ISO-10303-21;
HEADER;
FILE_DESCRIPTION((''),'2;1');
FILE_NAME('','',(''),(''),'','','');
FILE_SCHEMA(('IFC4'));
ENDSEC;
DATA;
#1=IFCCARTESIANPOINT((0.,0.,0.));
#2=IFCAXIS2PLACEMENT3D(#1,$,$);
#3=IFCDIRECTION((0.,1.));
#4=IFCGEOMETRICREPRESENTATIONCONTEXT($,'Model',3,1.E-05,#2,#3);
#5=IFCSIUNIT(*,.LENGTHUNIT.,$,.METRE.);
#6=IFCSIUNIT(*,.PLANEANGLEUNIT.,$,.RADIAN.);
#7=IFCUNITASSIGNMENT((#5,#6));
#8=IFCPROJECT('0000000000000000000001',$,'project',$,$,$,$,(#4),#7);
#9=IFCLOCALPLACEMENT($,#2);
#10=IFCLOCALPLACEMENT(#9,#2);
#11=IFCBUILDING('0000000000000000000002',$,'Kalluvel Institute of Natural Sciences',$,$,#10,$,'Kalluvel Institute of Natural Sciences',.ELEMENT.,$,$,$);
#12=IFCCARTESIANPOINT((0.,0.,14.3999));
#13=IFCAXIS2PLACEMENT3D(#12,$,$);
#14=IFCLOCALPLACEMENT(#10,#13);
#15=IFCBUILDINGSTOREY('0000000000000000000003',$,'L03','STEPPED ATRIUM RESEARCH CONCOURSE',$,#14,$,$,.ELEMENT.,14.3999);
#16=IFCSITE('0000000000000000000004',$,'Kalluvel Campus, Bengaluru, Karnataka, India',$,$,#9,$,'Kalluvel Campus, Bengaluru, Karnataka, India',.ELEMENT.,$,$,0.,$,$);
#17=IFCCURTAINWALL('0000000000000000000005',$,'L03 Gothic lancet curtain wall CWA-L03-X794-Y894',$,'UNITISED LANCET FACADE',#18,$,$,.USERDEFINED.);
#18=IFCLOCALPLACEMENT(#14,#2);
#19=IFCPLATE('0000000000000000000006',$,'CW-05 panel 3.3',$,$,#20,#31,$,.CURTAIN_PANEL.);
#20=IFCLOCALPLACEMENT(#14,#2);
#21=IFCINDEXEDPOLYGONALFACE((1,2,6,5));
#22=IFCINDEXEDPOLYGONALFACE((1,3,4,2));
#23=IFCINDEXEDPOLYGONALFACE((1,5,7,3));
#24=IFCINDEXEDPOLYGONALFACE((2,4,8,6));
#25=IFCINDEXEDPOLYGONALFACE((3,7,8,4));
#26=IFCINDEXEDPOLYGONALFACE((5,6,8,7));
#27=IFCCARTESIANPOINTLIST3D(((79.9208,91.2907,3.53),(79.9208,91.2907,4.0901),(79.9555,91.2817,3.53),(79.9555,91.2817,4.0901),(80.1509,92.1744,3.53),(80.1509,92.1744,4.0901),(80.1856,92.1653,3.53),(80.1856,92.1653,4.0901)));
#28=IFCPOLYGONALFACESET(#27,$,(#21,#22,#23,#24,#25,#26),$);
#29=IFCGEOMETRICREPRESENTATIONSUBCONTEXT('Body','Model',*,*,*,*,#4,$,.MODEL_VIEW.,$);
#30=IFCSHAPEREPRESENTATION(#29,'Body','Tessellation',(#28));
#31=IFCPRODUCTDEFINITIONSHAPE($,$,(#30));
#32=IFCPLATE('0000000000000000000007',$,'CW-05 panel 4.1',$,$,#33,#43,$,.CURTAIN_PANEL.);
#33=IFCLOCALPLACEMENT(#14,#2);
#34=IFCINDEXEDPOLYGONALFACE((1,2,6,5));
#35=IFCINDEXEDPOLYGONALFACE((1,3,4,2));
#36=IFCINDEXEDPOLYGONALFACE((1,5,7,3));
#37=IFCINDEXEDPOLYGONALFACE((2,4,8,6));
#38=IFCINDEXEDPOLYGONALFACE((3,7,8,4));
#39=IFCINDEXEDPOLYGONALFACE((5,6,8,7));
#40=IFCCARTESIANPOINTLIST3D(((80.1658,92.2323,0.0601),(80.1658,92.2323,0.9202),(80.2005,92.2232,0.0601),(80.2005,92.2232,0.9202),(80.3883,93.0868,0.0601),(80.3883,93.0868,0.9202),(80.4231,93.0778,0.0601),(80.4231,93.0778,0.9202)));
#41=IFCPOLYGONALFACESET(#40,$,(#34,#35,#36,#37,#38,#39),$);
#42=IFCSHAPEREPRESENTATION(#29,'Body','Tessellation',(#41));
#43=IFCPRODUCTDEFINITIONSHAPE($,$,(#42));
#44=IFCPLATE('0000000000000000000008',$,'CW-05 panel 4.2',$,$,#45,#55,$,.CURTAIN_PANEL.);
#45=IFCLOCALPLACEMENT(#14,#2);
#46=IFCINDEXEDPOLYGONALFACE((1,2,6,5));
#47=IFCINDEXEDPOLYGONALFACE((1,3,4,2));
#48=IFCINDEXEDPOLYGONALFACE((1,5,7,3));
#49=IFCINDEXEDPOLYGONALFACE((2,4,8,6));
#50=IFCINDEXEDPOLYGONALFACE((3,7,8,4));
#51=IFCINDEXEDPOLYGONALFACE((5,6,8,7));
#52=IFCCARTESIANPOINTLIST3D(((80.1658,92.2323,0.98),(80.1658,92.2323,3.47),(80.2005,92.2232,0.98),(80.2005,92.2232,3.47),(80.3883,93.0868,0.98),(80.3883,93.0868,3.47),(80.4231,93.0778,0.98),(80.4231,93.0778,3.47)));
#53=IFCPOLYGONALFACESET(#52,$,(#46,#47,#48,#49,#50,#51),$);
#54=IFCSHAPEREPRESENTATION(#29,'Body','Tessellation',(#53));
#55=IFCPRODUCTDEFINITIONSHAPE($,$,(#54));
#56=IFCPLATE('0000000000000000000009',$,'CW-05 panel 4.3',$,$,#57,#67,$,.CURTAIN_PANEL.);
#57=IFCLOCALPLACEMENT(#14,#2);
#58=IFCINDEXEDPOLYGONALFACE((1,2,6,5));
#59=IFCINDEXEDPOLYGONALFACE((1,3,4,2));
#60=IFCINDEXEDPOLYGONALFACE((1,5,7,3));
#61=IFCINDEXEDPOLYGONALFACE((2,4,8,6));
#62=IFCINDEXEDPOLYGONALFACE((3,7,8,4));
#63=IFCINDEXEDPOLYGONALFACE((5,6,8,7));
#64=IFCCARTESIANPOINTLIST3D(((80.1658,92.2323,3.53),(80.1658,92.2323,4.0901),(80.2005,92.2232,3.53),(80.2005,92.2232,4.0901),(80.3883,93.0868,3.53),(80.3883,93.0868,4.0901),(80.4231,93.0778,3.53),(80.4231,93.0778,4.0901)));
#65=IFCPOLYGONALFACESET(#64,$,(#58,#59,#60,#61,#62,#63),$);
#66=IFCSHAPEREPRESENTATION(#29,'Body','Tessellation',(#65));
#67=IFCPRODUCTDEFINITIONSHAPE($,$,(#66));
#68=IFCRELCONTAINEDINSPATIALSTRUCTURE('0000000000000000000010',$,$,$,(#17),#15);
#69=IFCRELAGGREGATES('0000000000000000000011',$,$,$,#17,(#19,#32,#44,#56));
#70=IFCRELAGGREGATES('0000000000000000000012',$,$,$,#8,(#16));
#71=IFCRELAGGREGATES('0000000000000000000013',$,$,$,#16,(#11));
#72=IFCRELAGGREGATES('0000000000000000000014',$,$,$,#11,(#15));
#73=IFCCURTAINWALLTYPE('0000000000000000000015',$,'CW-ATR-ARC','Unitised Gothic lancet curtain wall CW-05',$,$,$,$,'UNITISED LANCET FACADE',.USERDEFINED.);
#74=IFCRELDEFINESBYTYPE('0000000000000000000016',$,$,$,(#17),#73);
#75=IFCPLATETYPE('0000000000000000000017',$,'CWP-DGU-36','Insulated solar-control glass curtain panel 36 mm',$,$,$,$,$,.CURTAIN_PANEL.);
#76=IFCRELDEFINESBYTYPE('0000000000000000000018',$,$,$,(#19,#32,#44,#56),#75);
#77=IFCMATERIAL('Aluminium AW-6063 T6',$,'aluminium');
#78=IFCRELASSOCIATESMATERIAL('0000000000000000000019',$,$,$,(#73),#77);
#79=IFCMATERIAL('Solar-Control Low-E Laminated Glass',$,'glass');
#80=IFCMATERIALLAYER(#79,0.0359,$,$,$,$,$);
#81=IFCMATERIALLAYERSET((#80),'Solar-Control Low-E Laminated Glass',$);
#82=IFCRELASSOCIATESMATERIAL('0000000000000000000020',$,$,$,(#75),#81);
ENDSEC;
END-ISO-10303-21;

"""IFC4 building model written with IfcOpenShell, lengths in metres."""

from ifc_helpers import new_model, si_unit, direction, frame, origin, origin_2d, place, context, subcontext, project, spatial, rectangle, extrude, material, layer, layer_set, type_object, element, aggregate, save


model = new_model("IFC4")

# Units and contexts
model_context = context("Model", 3, precision=1e-05, world=origin(), true_north=direction((0.0, 1.0)))
body_context = subcontext(model_context, "Body", "Model", "MODEL_VIEW")
ifc_project = project(units=[si_unit("LENGTHUNIT", "METRE"), si_unit("PLANEANGLEUNIT", "RADIAN")], contexts=[model_context])

# Site, building, storey
site_placement = place(None, origin())
site = spatial("IfcSite", under=ifc_project, at=site_placement, Name="Kalluvel Campus, Bengaluru, Karnataka, India", LongName="Kalluvel Campus, Bengaluru, Karnataka, India", CompositionType="ELEMENT", RefElevation=0.0)
building_placement = place(site_placement, origin())
building = spatial("IfcBuilding", under=site, at=building_placement, Name="Kalluvel Institute of Natural Sciences", LongName="Kalluvel Institute of Natural Sciences", CompositionType="ELEMENT")
storey_placement = place(building_placement, frame((0.0, 0.0, 14.3999)))
storey = spatial("IfcBuildingStorey", under=building, at=storey_placement, Name="L03", Description="STEPPED ATRIUM RESEARCH CONCOURSE", CompositionType="ELEMENT", Elevation=14.3999)

# Curtain wall
ifc_material_1 = material(Name="Aluminium AW-6063 T6", Category="aluminium")
curtain_wall_type = type_object("IfcCurtainWallType", Name="CW-ATR-ARC", Description="Unitised Gothic lancet curtain wall CW-05", ElementType="UNITISED LANCET FACADE", PredefinedType="USERDEFINED", material=ifc_material_1)
curtain_wall_1_placement = place(storey_placement, origin())
curtain_wall_1 = element("IfcCurtainWall", 1, at=curtain_wall_1_placement, inside=storey, type_object=curtain_wall_type, Name="L03 Gothic lancet curtain wall CWA-L03-X794-Y894", ObjectType="UNITISED LANCET FACADE", PredefinedType="USERDEFINED")

# Plates
ifc_material_2 = material(Name="Solar-Control Low-E Laminated Glass", Category="glass")
ifc_layer = layer(ifc_material_2, 0.0359)
ifc_layer_set = layer_set([ifc_layer], Name="Solar-Control Low-E Laminated Glass")
plate_type = type_object("IfcPlateType", Name="CWP-DGU-36", Description="Insulated solar-control glass curtain panel 36 mm", PredefinedType="CURTAIN_PANEL", material=ifc_layer_set)
plate_1_placement = place(storey_placement, frame((80.0532, 91.728, 3.53), z_axis=(0.0, 0.0, 1.0), x_axis=(0.251986, 0.967731, 0.0)))
plate_1 = element("IfcPlate", 2, at=plate_1_placement, type_object=plate_type, Name="CW-05 panel 3.3", PredefinedType="CURTAIN_PANEL", context=body_context, shape_type="SweptSolid", body=[
    extrude(rectangle(XDim=0.9131, YDim=0.0359, at=origin_2d()), origin(), (0.0, 0.0, 1.0), 0.5601),
])
plate_2_placement = place(storey_placement, frame((80.2944, 92.655, 0.0601), z_axis=(0.0, 0.0, 1.0), x_axis=(0.251986, 0.967731, 0.0)))
plate_2 = element("IfcPlate", 3, at=plate_2_placement, type_object=plate_type, Name="CW-05 panel 4.1", PredefinedType="CURTAIN_PANEL", context=body_context, shape_type="SweptSolid", body=[
    extrude(rectangle(XDim=0.8831, YDim=0.0359, at=origin_2d()), origin(), (0.0, 0.0, 1.0), 0.8601),
])
plate_3_placement = place(storey_placement, frame((80.2944, 92.655, 0.98), z_axis=(0.0, 0.0, 1.0), x_axis=(0.251986, 0.967731, 0.0)))
plate_3 = element("IfcPlate", 4, at=plate_3_placement, type_object=plate_type, Name="CW-05 panel 4.2", PredefinedType="CURTAIN_PANEL", context=body_context, shape_type="SweptSolid", body=[
    extrude(rectangle(XDim=0.8831, YDim=0.0359, at=origin_2d()), origin(), (0.0, 0.0, 1.0), 2.49),
])
plate_4_placement = place(storey_placement, frame((80.2944, 92.655, 3.53), z_axis=(0.0, 0.0, 1.0), x_axis=(0.251986, 0.967731, 0.0)))
plate_4 = element("IfcPlate", 5, at=plate_4_placement, type_object=plate_type, Name="CW-05 panel 4.3", PredefinedType="CURTAIN_PANEL", context=body_context, shape_type="SweptSolid", body=[
    extrude(rectangle(XDim=0.8831, YDim=0.0359, at=origin_2d()), origin(), (0.0, 0.0, 1.0), 0.5601),
])
aggregate(curtain_wall_1, [plate_1, plate_2, plate_3, plate_4])

save(model, "model.ifc")
